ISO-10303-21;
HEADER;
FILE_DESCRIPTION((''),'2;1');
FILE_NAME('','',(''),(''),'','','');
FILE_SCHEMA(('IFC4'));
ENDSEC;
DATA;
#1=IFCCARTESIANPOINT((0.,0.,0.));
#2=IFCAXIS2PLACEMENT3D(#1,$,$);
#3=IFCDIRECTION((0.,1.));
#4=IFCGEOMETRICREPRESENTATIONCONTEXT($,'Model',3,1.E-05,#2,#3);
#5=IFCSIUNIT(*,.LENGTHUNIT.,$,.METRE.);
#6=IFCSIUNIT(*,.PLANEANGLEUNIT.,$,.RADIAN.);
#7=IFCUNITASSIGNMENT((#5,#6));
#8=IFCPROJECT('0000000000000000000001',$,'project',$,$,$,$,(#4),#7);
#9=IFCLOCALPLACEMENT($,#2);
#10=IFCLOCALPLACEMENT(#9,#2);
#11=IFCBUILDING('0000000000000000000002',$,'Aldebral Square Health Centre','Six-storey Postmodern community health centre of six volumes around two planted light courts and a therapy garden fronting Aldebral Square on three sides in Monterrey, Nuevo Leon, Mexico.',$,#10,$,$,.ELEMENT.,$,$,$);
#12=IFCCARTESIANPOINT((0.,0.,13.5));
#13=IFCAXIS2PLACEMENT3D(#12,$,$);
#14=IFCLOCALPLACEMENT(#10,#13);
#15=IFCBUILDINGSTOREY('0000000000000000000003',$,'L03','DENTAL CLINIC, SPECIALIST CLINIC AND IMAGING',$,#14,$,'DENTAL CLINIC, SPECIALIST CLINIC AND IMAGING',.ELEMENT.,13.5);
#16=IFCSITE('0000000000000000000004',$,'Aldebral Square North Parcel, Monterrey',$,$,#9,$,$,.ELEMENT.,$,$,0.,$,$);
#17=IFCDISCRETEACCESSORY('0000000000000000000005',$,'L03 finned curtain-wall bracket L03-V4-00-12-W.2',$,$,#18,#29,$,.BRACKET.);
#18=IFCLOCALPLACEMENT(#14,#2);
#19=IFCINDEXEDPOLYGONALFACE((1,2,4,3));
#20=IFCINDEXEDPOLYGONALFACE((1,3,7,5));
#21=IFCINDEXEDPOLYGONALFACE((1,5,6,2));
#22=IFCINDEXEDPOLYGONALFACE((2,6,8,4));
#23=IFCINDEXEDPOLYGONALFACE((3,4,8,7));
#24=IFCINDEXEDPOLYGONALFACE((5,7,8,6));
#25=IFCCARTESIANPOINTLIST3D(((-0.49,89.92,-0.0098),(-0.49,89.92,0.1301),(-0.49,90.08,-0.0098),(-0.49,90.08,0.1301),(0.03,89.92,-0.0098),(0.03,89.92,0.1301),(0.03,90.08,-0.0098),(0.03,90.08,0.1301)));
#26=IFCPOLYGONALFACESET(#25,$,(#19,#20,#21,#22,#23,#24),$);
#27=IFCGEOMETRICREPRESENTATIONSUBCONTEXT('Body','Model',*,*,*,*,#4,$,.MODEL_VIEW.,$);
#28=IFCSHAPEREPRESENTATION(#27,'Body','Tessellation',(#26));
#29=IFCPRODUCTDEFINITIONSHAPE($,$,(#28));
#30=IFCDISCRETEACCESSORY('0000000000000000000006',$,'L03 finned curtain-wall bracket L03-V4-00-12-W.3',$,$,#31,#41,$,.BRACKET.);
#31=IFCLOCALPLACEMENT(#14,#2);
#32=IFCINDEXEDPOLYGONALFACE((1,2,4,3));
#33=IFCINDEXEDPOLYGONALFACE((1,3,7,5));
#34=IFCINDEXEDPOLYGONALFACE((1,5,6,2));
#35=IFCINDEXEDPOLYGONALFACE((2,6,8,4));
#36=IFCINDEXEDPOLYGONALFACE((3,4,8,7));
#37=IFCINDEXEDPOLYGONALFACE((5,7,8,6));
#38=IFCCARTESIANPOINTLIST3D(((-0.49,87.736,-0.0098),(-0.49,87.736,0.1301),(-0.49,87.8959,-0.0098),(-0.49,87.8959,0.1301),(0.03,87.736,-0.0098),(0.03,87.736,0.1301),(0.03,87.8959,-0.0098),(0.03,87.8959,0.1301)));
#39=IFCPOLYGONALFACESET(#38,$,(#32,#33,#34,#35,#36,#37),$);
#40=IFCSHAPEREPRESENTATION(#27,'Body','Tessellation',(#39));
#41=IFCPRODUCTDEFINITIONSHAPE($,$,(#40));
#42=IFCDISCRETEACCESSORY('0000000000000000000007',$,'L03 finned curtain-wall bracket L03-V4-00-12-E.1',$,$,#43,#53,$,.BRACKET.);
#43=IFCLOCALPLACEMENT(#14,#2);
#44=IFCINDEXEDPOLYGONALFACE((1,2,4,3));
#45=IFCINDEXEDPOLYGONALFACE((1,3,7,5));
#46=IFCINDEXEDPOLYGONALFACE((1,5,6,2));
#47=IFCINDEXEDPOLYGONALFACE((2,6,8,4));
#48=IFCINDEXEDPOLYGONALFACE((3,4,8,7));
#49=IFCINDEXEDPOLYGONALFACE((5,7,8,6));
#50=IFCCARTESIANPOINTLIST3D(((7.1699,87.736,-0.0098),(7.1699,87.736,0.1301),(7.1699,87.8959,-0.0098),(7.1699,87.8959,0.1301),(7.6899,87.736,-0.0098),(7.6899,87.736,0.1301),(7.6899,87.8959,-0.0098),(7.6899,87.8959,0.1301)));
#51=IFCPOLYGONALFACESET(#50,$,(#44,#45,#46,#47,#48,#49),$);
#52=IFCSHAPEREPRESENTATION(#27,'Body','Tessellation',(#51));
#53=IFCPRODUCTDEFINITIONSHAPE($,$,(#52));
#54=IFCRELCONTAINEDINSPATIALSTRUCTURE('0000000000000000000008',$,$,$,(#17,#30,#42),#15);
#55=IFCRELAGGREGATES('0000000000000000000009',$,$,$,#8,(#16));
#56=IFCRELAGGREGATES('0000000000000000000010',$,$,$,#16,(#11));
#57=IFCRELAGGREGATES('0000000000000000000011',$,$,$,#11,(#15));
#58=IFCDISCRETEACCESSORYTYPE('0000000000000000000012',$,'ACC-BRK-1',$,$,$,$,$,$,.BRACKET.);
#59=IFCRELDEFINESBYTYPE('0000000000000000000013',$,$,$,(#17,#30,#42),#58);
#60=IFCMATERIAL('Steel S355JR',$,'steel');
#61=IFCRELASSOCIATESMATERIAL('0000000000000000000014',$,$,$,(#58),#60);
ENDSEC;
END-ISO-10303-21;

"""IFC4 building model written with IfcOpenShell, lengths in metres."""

from ifc_helpers import new_model, si_unit, direction, frame, origin, origin_2d, place, context, subcontext, project, spatial, rectangle, extrude, material, type_object, element, save


model = new_model("IFC4")

# Units and contexts
model_context = context("Model", 3, precision=1e-05, world=origin(), true_north=direction((0.0, 1.0)))
body_context = subcontext(model_context, "Body", "Model", "MODEL_VIEW")
ifc_project = project(units=[si_unit("LENGTHUNIT", "METRE"), si_unit("PLANEANGLEUNIT", "RADIAN")], contexts=[model_context])

# Site, building, storey
site_placement = place(None, origin())
site = spatial("IfcSite", under=ifc_project, at=site_placement, Name="Aldebral Square North Parcel, Monterrey", CompositionType="ELEMENT", RefElevation=0.0)
building_placement = place(site_placement, origin())
building = spatial("IfcBuilding", under=site, at=building_placement, Name="Aldebral Square Health Centre", Description="Six-storey Postmodern community health centre of six volumes around two planted light courts and a therapy garden fronting Aldebral Square on three sides in Monterrey, Nuevo Leon, Mexico.", CompositionType="ELEMENT")
storey_placement = place(building_placement, frame((0.0, 0.0, 13.5)))
storey = spatial("IfcBuildingStorey", under=building, at=storey_placement, Name="L03", Description="DENTAL CLINIC, SPECIALIST CLINIC AND IMAGING", LongName="DENTAL CLINIC, SPECIALIST CLINIC AND IMAGING", CompositionType="ELEMENT", Elevation=13.5)

# Discrete accessories
ifc_material_1 = material(Name="Steel S355JR", Category="steel")
discrete_accessory_type = type_object("IfcDiscreteAccessoryType", Name="ACC-BRK-1", PredefinedType="BRACKET", material=ifc_material_1)
for number, where, z_axis, x_axis, name in (
    (1, (-0.23, 90.0, -0.0098), (0.0, 0.0, 1.0), (0.0, 1.0, 0.0), "L03 finned curtain-wall bracket L03-V4-00-12-W.2"),
    (2, (-0.23, 87.8159, -0.0098), (0.0, 0.0, 1.0), (0.0, 1.0, 0.0), "L03 finned curtain-wall bracket L03-V4-00-12-W.3"),
    (3, (7.4299, 87.8159, -0.0098), (0.0, 0.0, 1.0), (0.0, 1.0, 0.0), "L03 finned curtain-wall bracket L03-V4-00-12-E.1"),
):
    element("IfcDiscreteAccessory", number, at=place(storey_placement, frame(where, z_axis=z_axis, x_axis=x_axis)), inside=storey, type_object=discrete_accessory_type, Name=name, PredefinedType="BRACKET", context=body_context, shape_type="SweptSolid", body=[
        extrude(rectangle(XDim=0.1599, YDim=0.52, at=origin_2d()), origin(), (0.0, 0.0, 1.0), 0.1399),
    ])

save(model, "model.ifc")
